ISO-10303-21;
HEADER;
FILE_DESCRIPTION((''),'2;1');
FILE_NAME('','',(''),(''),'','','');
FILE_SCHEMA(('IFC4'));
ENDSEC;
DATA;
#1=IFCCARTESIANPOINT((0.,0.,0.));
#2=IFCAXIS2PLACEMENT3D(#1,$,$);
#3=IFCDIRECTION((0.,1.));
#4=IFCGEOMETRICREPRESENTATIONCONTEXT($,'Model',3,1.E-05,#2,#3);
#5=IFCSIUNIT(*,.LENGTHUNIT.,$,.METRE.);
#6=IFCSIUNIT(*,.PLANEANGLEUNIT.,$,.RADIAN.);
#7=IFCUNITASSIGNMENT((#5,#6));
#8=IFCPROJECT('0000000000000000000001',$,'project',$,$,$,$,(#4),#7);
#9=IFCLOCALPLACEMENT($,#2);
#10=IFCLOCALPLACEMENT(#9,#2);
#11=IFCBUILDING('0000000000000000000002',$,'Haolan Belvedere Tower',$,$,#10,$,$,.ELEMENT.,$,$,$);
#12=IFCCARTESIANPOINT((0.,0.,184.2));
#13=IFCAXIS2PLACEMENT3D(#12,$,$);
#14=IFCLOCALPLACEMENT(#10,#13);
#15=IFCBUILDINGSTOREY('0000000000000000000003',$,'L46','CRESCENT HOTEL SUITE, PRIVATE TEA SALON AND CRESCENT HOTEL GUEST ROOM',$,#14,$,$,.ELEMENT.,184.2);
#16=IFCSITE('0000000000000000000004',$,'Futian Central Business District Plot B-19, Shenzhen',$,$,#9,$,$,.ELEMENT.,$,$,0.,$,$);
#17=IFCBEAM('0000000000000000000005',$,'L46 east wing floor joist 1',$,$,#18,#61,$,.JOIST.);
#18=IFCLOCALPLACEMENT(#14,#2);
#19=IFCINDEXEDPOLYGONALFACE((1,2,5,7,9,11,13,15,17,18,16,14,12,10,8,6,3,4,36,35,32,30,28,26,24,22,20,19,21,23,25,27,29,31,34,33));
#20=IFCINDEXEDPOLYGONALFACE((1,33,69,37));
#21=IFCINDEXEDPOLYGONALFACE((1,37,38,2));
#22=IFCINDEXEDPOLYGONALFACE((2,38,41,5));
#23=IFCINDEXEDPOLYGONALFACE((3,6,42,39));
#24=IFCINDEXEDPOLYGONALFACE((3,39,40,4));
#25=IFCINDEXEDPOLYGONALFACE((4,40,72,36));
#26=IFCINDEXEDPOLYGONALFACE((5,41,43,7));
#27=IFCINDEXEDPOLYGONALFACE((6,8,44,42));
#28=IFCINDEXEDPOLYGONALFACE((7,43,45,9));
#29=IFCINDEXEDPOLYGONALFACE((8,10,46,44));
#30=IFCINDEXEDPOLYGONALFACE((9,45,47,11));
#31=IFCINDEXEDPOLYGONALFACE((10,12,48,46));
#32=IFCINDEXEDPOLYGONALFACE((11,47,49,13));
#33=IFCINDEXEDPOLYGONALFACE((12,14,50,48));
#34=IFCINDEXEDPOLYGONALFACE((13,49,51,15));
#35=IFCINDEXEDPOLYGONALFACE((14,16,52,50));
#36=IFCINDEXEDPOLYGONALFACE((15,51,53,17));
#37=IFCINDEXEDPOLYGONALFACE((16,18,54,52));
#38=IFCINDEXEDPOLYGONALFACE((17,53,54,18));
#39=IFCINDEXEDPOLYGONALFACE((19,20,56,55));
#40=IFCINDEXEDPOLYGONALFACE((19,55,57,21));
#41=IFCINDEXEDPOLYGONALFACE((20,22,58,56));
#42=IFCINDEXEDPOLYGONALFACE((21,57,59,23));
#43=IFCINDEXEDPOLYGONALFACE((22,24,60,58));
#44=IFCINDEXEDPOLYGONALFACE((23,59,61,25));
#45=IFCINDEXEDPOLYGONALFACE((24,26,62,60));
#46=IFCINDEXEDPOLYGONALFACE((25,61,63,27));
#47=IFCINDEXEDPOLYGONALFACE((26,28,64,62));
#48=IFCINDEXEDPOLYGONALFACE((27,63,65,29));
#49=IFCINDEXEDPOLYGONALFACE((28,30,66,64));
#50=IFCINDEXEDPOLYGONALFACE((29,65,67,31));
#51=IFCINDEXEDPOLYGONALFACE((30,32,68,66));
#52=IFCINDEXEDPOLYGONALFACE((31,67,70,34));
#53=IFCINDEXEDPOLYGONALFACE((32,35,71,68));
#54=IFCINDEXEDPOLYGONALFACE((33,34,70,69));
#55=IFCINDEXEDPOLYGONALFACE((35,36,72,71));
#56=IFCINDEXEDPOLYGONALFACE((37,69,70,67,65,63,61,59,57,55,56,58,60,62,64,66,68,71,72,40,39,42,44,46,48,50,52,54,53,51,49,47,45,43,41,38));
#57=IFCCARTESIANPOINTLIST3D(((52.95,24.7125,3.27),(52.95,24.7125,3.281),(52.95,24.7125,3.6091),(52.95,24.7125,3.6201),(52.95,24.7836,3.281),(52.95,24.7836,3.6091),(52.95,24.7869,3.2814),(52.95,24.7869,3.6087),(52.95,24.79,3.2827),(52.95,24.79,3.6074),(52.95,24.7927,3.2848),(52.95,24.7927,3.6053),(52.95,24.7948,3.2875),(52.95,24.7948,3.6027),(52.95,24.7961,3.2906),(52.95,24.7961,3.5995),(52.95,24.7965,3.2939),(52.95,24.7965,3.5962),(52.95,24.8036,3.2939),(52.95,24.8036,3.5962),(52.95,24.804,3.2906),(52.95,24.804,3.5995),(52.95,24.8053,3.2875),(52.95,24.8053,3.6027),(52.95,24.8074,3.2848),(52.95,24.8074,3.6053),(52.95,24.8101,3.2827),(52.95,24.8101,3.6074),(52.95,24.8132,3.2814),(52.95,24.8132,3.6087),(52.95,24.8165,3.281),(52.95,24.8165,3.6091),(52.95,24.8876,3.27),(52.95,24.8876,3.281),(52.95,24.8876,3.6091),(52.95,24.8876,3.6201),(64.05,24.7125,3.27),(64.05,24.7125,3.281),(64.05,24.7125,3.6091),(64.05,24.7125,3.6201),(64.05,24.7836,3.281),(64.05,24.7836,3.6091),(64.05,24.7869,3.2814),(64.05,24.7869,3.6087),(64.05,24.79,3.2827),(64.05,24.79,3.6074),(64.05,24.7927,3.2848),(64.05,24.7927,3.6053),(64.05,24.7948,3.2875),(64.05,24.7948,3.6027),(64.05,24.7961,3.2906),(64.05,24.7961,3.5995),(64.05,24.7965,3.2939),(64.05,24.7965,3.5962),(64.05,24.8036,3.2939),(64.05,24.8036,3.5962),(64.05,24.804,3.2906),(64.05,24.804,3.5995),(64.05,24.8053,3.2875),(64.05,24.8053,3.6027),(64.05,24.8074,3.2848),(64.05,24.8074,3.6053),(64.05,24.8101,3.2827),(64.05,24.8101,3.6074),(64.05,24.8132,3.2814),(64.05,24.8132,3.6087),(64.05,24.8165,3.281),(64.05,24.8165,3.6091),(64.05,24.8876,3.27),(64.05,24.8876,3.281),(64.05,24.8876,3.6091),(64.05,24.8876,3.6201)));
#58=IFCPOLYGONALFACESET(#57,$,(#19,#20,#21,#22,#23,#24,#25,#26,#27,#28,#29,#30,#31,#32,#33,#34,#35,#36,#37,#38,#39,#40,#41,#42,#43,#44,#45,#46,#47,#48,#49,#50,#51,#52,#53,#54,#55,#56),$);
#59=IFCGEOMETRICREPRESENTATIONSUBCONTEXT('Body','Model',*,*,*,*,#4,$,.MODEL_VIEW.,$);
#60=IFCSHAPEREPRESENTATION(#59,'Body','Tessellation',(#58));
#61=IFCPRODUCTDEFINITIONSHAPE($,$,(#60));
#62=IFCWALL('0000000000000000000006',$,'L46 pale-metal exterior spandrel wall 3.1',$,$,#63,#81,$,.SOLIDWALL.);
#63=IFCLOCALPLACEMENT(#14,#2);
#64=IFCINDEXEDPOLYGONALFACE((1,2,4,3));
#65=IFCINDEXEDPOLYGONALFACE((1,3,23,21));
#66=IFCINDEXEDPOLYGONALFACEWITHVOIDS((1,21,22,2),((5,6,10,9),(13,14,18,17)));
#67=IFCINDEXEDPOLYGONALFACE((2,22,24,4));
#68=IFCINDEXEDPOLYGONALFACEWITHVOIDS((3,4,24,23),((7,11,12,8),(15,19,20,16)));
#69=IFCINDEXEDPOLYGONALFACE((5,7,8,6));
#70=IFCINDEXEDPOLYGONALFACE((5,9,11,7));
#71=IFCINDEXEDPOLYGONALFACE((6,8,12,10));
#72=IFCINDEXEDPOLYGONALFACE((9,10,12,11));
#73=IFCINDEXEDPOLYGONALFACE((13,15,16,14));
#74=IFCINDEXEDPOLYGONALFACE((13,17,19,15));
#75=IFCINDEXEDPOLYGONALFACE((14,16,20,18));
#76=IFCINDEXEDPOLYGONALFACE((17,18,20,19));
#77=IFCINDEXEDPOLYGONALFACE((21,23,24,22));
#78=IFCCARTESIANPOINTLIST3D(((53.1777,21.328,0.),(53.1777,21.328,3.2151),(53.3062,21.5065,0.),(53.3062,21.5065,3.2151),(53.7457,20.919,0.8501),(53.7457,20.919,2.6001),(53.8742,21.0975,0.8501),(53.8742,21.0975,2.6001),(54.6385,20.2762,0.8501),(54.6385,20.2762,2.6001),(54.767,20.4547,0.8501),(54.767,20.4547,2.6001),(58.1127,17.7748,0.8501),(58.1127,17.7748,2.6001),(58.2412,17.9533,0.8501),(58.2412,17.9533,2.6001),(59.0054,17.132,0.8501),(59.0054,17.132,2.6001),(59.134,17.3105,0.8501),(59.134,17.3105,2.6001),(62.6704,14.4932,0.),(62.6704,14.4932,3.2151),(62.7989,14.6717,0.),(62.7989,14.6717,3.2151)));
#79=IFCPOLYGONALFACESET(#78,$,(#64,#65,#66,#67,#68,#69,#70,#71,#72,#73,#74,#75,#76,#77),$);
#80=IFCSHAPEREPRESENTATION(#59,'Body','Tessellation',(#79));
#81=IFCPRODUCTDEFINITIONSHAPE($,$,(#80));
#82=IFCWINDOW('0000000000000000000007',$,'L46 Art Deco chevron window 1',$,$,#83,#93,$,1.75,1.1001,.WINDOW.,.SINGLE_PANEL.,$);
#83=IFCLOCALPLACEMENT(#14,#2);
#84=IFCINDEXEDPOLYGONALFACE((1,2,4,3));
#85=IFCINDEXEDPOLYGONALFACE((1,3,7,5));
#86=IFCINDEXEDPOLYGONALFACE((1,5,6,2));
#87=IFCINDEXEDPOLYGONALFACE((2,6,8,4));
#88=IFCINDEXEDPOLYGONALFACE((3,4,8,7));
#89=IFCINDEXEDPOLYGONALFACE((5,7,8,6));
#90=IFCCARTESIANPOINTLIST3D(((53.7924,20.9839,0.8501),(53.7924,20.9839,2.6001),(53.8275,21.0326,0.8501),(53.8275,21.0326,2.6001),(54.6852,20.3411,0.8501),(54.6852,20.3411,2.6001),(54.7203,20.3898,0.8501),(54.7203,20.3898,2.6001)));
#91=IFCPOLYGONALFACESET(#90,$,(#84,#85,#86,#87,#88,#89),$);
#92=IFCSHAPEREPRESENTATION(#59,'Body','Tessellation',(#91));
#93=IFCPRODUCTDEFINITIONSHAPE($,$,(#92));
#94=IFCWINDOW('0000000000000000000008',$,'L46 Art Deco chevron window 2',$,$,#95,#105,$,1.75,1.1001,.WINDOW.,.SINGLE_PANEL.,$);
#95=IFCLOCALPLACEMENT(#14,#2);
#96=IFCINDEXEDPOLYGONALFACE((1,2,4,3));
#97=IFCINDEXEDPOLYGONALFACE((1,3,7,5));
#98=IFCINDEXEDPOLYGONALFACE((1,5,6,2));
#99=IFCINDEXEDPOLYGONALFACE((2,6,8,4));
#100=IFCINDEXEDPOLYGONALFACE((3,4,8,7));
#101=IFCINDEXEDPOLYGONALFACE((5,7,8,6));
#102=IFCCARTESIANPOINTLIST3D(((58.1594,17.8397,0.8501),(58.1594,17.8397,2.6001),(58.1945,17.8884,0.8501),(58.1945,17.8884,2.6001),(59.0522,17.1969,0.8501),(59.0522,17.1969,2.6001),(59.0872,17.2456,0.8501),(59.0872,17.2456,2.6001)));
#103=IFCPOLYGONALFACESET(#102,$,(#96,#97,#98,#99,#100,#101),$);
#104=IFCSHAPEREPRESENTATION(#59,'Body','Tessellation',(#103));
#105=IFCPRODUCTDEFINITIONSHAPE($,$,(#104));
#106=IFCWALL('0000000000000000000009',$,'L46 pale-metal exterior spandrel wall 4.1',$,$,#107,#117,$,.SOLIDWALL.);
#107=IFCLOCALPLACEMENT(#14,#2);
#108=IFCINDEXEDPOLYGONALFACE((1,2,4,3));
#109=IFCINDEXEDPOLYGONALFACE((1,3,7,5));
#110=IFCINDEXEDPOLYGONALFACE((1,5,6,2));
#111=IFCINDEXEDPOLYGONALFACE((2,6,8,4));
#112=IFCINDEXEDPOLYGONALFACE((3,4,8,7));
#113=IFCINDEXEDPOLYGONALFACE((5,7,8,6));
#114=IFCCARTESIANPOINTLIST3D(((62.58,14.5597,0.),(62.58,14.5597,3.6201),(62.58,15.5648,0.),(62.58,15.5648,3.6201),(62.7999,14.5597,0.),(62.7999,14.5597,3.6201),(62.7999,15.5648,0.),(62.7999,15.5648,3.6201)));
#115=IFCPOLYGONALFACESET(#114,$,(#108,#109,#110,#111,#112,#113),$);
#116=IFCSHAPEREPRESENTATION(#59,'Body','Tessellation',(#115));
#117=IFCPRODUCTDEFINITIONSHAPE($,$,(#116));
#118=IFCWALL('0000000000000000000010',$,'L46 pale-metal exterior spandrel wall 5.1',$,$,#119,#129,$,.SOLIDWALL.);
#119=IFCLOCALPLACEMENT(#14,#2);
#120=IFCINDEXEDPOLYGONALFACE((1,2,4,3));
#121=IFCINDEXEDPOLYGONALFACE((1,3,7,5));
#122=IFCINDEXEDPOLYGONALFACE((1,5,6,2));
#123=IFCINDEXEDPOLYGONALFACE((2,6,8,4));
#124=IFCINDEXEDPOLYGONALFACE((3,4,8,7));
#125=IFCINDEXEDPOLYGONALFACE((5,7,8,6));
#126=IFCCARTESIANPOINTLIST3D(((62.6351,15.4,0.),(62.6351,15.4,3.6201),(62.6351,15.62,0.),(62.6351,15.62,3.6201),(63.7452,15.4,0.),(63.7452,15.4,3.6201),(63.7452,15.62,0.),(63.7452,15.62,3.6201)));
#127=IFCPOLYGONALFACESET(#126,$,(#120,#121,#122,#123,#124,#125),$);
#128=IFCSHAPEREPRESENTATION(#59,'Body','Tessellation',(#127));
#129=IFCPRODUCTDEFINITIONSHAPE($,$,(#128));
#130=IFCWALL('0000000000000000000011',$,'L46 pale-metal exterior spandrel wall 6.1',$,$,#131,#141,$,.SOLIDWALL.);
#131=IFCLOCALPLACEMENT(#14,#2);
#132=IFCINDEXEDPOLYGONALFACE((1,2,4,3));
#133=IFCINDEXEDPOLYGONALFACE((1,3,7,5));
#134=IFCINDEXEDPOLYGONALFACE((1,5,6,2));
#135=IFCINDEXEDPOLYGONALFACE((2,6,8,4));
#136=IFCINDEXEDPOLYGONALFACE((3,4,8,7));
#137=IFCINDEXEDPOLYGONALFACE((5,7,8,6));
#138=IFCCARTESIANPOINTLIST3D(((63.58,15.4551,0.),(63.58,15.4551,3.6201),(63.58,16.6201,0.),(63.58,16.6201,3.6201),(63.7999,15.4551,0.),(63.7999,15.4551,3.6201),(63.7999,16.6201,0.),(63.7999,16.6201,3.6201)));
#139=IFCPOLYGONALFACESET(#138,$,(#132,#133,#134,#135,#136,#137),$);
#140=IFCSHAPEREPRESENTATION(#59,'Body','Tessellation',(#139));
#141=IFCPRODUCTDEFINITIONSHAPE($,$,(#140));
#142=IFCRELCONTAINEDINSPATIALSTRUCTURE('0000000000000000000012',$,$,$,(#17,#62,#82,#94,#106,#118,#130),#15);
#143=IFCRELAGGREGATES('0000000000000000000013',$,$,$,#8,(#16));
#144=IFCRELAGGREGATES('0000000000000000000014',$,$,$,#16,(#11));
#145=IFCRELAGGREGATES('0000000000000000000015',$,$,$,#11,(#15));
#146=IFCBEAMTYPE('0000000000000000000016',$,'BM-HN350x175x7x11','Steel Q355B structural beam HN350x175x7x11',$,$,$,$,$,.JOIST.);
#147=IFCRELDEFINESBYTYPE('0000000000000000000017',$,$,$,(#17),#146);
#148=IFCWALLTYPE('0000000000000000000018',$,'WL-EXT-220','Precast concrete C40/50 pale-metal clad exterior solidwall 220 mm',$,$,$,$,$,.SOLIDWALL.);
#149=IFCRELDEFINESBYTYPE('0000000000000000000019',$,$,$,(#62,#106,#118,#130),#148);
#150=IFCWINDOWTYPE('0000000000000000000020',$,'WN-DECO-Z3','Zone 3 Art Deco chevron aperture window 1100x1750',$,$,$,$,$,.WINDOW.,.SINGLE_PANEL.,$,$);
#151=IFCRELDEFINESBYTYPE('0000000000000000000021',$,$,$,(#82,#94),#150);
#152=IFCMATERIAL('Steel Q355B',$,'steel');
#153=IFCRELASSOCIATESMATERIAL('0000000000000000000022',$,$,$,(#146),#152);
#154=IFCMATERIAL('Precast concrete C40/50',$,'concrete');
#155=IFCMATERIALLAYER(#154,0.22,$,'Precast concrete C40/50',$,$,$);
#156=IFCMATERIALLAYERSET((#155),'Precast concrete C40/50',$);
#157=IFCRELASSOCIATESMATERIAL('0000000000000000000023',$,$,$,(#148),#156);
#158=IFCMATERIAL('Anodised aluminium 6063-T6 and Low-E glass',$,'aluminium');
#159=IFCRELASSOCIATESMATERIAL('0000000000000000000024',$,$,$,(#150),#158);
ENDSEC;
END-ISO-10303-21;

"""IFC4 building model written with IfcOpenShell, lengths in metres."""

from ifc_helpers import new_model, si_unit, direction, frame, frame_2d, origin, origin_2d, place, context, subcontext, project, spatial, rectangle, i_section, extrude, material, layer, layer_set, material_profile, profile_set, type_object, element, fill, save


model = new_model("IFC4")

# Units and contexts
model_context = context("Model", 3, precision=1e-05, world=origin(), true_north=direction((0.0, 1.0)))
body_context = subcontext(model_context, "Body", "Model", "MODEL_VIEW")
ifc_project = project(units=[si_unit("LENGTHUNIT", "METRE"), si_unit("PLANEANGLEUNIT", "RADIAN")], contexts=[model_context])

# Site, building, storey
site_placement = place(None, origin())
site = spatial("IfcSite", under=ifc_project, at=site_placement, Name="Futian Central Business District Plot B-19, Shenzhen", CompositionType="ELEMENT", RefElevation=0.0)
building_placement = place(site_placement, origin())
building = spatial("IfcBuilding", under=site, at=building_placement, Name="Haolan Belvedere Tower", CompositionType="ELEMENT")
storey_placement = place(building_placement, frame((0.0, 0.0, 184.2)))
storey = spatial("IfcBuildingStorey", under=building, at=storey_placement, Name="L46", Description="CRESCENT HOTEL SUITE, PRIVATE TEA SALON AND CRESCENT HOTEL GUEST ROOM", CompositionType="ELEMENT", Elevation=184.2)

# Beam
ifc_material_1 = material(Name="Steel Q355B", Category="steel")
ifc_material_profile_1 = material_profile(ifc_material_1, i_section(OverallWidth=0.175, OverallDepth=0.3501, WebThickness=0.0071, FlangeThickness=0.011, FilletRadius=0.0129, at=origin_2d()), Name="Steel Q355B")
ifc_profile_set_1 = profile_set([ifc_material_profile_1], Name="Steel Q355B")
beam_type_1 = type_object("IfcBeamType", Name="BM-HN350x175x7x11", Description="Steel Q355B structural beam HN350x175x7x11", PredefinedType="JOIST", material=ifc_profile_set_1)
beam_1_placement = place(storey_placement, frame((52.95, 24.8, 3.4451), z_axis=(1.0, 0.0, 0.0), x_axis=(0.0, 1.0, 0.0)))
element("IfcBeam", 1, at=beam_1_placement, inside=storey, type_object=beam_type_1, Name="L46 east wing floor joist 1", PredefinedType="JOIST", context=body_context, shape_type="SweptSolid", body=[
    extrude(i_section(OverallWidth=0.175, OverallDepth=0.3501, WebThickness=0.0071, FlangeThickness=0.011, FilletRadius=0.0129, at=origin_2d()), origin(), (0.0, 0.0, 1.0), 11.1001),
])

# Wall, openings, windows
ifc_material_2 = material(Name="Precast concrete C40/50", Category="concrete")
ifc_layer_1 = layer(ifc_material_2, 0.22, Name="Precast concrete C40/50")
ifc_layer_set_1 = layer_set([ifc_layer_1], Name="Precast concrete C40/50")
wall_type_1 = type_object("IfcWallType", Name="WL-EXT-220", Description="Precast concrete C40/50 pale-metal clad exterior solidwall 220 mm", PredefinedType="SOLIDWALL", material=ifc_layer_set_1)
wall_1_placement = place(storey_placement, frame((53.2419, 21.4172, 0.0), z_axis=(0.0, 0.0, 1.0), x_axis=(0.811535, -0.584304, 0.0)))
wall_1 = element("IfcWall", 2, at=wall_1_placement, inside=storey, type_object=wall_type_1, Name="L46 pale-metal exterior spandrel wall 3.1", PredefinedType="SOLIDWALL", context=body_context, shape_type="SweptSolid", body=[
    extrude(rectangle(XDim=11.6973, YDim=0.22, at=frame_2d((5.8486, 0.0))), origin(), (0.0, 0.0, 1.0), 3.2151),
])
opening_1_placement = place(wall_1_placement, frame((0.7, 0.0, 0.8501)))
opening_1 = element("IfcOpeningElement", 3, at=opening_1_placement, cuts=wall_1, PredefinedType="OPENING", context=body_context, shape_type="SweptSolid", body=[
    extrude(rectangle(XDim=1.1001, YDim=1.75, at=frame_2d((0.55, 0.875))), frame((0.0, 0.1199, 0.0), z_axis=(0.0, -1.0, 0.0), x_axis=(1.0, 0.0, 0.0)), (0.0, 0.0, 1.0), 0.24),
])
opening_2_placement = place(wall_1_placement, frame((6.0811, 0.0, 0.8501)))
opening_2 = element("IfcOpeningElement", 4, at=opening_2_placement, cuts=wall_1, PredefinedType="OPENING", context=body_context, shape_type="SweptSolid", body=[
    extrude(rectangle(XDim=1.1001, YDim=1.75, at=frame_2d((0.55, 0.875))), frame((0.0, 0.1199, 0.0), z_axis=(0.0, -1.0, 0.0), x_axis=(1.0, 0.0, 0.0)), (0.0, 0.0, 1.0), 0.24),
])
ifc_material_3 = material(Name="Anodised aluminium 6063-T6 and Low-E glass", Category="aluminium")
window_type = type_object("IfcWindowType", Name="WN-DECO-Z3", Description="Zone 3 Art Deco chevron aperture window 1100x1750", PartitioningType="SINGLE_PANEL", PredefinedType="WINDOW", material=ifc_material_3)
window_1_placement = place(opening_1_placement, origin())
window_1 = element("IfcWindow", 5, at=window_1_placement, inside=storey, type_object=window_type, Name="L46 Art Deco chevron window 1", OverallHeight=1.75, OverallWidth=1.1001, PartitioningType="SINGLE_PANEL", PredefinedType="WINDOW", context=body_context, shape_type="SweptSolid", body=[
    extrude(rectangle(XDim=1.1001, YDim=1.75, at=frame_2d((0.55, 0.875))), frame((0.0, 0.03, 0.0), z_axis=(0.0, -1.0, 0.0), x_axis=(1.0, 0.0, 0.0)), (0.0, 0.0, 1.0), 0.0601),
])
fill(opening_1, window_1)
window_2_placement = place(opening_2_placement, origin())
window_2 = element("IfcWindow", 6, at=window_2_placement, inside=storey, type_object=window_type, Name="L46 Art Deco chevron window 2", OverallHeight=1.75, OverallWidth=1.1001, PartitioningType="SINGLE_PANEL", PredefinedType="WINDOW", context=body_context, shape_type="SweptSolid", body=[
    extrude(rectangle(XDim=1.1001, YDim=1.75, at=frame_2d((0.55, 0.875))), frame((0.0, 0.03, 0.0), z_axis=(0.0, -1.0, 0.0), x_axis=(1.0, 0.0, 0.0)), (0.0, 0.0, 1.0), 0.0601),
])
fill(opening_2, window_2)

# Walls
wall_2_placement = place(storey_placement, frame((62.6899, 14.5598, 0.0), z_axis=(0.0, 0.0, 1.0), x_axis=(0.0, 1.0, 0.0)))
element("IfcWall", 7, at=wall_2_placement, inside=storey, type_object=wall_type_1, Name="L46 pale-metal exterior spandrel wall 4.1", PredefinedType="SOLIDWALL", context=body_context, shape_type="SweptSolid", body=[
    extrude(rectangle(XDim=1.0051, YDim=0.22, at=frame_2d((0.5024, 0.0))), origin(), (0.0, 0.0, 1.0), 3.6201),
])
wall_3_placement = place(storey_placement, frame((62.635, 15.51, 0.0), z_axis=(0.0, 0.0, 1.0), x_axis=(1.0, 0.0, 0.0)))
element("IfcWall", 8, at=wall_3_placement, inside=storey, type_object=wall_type_1, Name="L46 pale-metal exterior spandrel wall 5.1", PredefinedType="SOLIDWALL", context=body_context, shape_type="SweptSolid", body=[
    extrude(rectangle(XDim=1.1101, YDim=0.22, at=frame_2d((0.5552, 0.0))), origin(), (0.0, 0.0, 1.0), 3.6201),
])
wall_4_placement = place(storey_placement, frame((63.6899, 15.4551, 0.0), z_axis=(0.0, 0.0, 1.0), x_axis=(0.0, 1.0, 0.0)))
element("IfcWall", 9, at=wall_4_placement, inside=storey, type_object=wall_type_1, Name="L46 pale-metal exterior spandrel wall 6.1", PredefinedType="SOLIDWALL", context=body_context, shape_type="SweptSolid", body=[
    extrude(rectangle(XDim=1.165, YDim=0.22, at=frame_2d((0.5825, 0.0))), origin(), (0.0, 0.0, 1.0), 3.6201),
])

save(model, "model.ifc")
